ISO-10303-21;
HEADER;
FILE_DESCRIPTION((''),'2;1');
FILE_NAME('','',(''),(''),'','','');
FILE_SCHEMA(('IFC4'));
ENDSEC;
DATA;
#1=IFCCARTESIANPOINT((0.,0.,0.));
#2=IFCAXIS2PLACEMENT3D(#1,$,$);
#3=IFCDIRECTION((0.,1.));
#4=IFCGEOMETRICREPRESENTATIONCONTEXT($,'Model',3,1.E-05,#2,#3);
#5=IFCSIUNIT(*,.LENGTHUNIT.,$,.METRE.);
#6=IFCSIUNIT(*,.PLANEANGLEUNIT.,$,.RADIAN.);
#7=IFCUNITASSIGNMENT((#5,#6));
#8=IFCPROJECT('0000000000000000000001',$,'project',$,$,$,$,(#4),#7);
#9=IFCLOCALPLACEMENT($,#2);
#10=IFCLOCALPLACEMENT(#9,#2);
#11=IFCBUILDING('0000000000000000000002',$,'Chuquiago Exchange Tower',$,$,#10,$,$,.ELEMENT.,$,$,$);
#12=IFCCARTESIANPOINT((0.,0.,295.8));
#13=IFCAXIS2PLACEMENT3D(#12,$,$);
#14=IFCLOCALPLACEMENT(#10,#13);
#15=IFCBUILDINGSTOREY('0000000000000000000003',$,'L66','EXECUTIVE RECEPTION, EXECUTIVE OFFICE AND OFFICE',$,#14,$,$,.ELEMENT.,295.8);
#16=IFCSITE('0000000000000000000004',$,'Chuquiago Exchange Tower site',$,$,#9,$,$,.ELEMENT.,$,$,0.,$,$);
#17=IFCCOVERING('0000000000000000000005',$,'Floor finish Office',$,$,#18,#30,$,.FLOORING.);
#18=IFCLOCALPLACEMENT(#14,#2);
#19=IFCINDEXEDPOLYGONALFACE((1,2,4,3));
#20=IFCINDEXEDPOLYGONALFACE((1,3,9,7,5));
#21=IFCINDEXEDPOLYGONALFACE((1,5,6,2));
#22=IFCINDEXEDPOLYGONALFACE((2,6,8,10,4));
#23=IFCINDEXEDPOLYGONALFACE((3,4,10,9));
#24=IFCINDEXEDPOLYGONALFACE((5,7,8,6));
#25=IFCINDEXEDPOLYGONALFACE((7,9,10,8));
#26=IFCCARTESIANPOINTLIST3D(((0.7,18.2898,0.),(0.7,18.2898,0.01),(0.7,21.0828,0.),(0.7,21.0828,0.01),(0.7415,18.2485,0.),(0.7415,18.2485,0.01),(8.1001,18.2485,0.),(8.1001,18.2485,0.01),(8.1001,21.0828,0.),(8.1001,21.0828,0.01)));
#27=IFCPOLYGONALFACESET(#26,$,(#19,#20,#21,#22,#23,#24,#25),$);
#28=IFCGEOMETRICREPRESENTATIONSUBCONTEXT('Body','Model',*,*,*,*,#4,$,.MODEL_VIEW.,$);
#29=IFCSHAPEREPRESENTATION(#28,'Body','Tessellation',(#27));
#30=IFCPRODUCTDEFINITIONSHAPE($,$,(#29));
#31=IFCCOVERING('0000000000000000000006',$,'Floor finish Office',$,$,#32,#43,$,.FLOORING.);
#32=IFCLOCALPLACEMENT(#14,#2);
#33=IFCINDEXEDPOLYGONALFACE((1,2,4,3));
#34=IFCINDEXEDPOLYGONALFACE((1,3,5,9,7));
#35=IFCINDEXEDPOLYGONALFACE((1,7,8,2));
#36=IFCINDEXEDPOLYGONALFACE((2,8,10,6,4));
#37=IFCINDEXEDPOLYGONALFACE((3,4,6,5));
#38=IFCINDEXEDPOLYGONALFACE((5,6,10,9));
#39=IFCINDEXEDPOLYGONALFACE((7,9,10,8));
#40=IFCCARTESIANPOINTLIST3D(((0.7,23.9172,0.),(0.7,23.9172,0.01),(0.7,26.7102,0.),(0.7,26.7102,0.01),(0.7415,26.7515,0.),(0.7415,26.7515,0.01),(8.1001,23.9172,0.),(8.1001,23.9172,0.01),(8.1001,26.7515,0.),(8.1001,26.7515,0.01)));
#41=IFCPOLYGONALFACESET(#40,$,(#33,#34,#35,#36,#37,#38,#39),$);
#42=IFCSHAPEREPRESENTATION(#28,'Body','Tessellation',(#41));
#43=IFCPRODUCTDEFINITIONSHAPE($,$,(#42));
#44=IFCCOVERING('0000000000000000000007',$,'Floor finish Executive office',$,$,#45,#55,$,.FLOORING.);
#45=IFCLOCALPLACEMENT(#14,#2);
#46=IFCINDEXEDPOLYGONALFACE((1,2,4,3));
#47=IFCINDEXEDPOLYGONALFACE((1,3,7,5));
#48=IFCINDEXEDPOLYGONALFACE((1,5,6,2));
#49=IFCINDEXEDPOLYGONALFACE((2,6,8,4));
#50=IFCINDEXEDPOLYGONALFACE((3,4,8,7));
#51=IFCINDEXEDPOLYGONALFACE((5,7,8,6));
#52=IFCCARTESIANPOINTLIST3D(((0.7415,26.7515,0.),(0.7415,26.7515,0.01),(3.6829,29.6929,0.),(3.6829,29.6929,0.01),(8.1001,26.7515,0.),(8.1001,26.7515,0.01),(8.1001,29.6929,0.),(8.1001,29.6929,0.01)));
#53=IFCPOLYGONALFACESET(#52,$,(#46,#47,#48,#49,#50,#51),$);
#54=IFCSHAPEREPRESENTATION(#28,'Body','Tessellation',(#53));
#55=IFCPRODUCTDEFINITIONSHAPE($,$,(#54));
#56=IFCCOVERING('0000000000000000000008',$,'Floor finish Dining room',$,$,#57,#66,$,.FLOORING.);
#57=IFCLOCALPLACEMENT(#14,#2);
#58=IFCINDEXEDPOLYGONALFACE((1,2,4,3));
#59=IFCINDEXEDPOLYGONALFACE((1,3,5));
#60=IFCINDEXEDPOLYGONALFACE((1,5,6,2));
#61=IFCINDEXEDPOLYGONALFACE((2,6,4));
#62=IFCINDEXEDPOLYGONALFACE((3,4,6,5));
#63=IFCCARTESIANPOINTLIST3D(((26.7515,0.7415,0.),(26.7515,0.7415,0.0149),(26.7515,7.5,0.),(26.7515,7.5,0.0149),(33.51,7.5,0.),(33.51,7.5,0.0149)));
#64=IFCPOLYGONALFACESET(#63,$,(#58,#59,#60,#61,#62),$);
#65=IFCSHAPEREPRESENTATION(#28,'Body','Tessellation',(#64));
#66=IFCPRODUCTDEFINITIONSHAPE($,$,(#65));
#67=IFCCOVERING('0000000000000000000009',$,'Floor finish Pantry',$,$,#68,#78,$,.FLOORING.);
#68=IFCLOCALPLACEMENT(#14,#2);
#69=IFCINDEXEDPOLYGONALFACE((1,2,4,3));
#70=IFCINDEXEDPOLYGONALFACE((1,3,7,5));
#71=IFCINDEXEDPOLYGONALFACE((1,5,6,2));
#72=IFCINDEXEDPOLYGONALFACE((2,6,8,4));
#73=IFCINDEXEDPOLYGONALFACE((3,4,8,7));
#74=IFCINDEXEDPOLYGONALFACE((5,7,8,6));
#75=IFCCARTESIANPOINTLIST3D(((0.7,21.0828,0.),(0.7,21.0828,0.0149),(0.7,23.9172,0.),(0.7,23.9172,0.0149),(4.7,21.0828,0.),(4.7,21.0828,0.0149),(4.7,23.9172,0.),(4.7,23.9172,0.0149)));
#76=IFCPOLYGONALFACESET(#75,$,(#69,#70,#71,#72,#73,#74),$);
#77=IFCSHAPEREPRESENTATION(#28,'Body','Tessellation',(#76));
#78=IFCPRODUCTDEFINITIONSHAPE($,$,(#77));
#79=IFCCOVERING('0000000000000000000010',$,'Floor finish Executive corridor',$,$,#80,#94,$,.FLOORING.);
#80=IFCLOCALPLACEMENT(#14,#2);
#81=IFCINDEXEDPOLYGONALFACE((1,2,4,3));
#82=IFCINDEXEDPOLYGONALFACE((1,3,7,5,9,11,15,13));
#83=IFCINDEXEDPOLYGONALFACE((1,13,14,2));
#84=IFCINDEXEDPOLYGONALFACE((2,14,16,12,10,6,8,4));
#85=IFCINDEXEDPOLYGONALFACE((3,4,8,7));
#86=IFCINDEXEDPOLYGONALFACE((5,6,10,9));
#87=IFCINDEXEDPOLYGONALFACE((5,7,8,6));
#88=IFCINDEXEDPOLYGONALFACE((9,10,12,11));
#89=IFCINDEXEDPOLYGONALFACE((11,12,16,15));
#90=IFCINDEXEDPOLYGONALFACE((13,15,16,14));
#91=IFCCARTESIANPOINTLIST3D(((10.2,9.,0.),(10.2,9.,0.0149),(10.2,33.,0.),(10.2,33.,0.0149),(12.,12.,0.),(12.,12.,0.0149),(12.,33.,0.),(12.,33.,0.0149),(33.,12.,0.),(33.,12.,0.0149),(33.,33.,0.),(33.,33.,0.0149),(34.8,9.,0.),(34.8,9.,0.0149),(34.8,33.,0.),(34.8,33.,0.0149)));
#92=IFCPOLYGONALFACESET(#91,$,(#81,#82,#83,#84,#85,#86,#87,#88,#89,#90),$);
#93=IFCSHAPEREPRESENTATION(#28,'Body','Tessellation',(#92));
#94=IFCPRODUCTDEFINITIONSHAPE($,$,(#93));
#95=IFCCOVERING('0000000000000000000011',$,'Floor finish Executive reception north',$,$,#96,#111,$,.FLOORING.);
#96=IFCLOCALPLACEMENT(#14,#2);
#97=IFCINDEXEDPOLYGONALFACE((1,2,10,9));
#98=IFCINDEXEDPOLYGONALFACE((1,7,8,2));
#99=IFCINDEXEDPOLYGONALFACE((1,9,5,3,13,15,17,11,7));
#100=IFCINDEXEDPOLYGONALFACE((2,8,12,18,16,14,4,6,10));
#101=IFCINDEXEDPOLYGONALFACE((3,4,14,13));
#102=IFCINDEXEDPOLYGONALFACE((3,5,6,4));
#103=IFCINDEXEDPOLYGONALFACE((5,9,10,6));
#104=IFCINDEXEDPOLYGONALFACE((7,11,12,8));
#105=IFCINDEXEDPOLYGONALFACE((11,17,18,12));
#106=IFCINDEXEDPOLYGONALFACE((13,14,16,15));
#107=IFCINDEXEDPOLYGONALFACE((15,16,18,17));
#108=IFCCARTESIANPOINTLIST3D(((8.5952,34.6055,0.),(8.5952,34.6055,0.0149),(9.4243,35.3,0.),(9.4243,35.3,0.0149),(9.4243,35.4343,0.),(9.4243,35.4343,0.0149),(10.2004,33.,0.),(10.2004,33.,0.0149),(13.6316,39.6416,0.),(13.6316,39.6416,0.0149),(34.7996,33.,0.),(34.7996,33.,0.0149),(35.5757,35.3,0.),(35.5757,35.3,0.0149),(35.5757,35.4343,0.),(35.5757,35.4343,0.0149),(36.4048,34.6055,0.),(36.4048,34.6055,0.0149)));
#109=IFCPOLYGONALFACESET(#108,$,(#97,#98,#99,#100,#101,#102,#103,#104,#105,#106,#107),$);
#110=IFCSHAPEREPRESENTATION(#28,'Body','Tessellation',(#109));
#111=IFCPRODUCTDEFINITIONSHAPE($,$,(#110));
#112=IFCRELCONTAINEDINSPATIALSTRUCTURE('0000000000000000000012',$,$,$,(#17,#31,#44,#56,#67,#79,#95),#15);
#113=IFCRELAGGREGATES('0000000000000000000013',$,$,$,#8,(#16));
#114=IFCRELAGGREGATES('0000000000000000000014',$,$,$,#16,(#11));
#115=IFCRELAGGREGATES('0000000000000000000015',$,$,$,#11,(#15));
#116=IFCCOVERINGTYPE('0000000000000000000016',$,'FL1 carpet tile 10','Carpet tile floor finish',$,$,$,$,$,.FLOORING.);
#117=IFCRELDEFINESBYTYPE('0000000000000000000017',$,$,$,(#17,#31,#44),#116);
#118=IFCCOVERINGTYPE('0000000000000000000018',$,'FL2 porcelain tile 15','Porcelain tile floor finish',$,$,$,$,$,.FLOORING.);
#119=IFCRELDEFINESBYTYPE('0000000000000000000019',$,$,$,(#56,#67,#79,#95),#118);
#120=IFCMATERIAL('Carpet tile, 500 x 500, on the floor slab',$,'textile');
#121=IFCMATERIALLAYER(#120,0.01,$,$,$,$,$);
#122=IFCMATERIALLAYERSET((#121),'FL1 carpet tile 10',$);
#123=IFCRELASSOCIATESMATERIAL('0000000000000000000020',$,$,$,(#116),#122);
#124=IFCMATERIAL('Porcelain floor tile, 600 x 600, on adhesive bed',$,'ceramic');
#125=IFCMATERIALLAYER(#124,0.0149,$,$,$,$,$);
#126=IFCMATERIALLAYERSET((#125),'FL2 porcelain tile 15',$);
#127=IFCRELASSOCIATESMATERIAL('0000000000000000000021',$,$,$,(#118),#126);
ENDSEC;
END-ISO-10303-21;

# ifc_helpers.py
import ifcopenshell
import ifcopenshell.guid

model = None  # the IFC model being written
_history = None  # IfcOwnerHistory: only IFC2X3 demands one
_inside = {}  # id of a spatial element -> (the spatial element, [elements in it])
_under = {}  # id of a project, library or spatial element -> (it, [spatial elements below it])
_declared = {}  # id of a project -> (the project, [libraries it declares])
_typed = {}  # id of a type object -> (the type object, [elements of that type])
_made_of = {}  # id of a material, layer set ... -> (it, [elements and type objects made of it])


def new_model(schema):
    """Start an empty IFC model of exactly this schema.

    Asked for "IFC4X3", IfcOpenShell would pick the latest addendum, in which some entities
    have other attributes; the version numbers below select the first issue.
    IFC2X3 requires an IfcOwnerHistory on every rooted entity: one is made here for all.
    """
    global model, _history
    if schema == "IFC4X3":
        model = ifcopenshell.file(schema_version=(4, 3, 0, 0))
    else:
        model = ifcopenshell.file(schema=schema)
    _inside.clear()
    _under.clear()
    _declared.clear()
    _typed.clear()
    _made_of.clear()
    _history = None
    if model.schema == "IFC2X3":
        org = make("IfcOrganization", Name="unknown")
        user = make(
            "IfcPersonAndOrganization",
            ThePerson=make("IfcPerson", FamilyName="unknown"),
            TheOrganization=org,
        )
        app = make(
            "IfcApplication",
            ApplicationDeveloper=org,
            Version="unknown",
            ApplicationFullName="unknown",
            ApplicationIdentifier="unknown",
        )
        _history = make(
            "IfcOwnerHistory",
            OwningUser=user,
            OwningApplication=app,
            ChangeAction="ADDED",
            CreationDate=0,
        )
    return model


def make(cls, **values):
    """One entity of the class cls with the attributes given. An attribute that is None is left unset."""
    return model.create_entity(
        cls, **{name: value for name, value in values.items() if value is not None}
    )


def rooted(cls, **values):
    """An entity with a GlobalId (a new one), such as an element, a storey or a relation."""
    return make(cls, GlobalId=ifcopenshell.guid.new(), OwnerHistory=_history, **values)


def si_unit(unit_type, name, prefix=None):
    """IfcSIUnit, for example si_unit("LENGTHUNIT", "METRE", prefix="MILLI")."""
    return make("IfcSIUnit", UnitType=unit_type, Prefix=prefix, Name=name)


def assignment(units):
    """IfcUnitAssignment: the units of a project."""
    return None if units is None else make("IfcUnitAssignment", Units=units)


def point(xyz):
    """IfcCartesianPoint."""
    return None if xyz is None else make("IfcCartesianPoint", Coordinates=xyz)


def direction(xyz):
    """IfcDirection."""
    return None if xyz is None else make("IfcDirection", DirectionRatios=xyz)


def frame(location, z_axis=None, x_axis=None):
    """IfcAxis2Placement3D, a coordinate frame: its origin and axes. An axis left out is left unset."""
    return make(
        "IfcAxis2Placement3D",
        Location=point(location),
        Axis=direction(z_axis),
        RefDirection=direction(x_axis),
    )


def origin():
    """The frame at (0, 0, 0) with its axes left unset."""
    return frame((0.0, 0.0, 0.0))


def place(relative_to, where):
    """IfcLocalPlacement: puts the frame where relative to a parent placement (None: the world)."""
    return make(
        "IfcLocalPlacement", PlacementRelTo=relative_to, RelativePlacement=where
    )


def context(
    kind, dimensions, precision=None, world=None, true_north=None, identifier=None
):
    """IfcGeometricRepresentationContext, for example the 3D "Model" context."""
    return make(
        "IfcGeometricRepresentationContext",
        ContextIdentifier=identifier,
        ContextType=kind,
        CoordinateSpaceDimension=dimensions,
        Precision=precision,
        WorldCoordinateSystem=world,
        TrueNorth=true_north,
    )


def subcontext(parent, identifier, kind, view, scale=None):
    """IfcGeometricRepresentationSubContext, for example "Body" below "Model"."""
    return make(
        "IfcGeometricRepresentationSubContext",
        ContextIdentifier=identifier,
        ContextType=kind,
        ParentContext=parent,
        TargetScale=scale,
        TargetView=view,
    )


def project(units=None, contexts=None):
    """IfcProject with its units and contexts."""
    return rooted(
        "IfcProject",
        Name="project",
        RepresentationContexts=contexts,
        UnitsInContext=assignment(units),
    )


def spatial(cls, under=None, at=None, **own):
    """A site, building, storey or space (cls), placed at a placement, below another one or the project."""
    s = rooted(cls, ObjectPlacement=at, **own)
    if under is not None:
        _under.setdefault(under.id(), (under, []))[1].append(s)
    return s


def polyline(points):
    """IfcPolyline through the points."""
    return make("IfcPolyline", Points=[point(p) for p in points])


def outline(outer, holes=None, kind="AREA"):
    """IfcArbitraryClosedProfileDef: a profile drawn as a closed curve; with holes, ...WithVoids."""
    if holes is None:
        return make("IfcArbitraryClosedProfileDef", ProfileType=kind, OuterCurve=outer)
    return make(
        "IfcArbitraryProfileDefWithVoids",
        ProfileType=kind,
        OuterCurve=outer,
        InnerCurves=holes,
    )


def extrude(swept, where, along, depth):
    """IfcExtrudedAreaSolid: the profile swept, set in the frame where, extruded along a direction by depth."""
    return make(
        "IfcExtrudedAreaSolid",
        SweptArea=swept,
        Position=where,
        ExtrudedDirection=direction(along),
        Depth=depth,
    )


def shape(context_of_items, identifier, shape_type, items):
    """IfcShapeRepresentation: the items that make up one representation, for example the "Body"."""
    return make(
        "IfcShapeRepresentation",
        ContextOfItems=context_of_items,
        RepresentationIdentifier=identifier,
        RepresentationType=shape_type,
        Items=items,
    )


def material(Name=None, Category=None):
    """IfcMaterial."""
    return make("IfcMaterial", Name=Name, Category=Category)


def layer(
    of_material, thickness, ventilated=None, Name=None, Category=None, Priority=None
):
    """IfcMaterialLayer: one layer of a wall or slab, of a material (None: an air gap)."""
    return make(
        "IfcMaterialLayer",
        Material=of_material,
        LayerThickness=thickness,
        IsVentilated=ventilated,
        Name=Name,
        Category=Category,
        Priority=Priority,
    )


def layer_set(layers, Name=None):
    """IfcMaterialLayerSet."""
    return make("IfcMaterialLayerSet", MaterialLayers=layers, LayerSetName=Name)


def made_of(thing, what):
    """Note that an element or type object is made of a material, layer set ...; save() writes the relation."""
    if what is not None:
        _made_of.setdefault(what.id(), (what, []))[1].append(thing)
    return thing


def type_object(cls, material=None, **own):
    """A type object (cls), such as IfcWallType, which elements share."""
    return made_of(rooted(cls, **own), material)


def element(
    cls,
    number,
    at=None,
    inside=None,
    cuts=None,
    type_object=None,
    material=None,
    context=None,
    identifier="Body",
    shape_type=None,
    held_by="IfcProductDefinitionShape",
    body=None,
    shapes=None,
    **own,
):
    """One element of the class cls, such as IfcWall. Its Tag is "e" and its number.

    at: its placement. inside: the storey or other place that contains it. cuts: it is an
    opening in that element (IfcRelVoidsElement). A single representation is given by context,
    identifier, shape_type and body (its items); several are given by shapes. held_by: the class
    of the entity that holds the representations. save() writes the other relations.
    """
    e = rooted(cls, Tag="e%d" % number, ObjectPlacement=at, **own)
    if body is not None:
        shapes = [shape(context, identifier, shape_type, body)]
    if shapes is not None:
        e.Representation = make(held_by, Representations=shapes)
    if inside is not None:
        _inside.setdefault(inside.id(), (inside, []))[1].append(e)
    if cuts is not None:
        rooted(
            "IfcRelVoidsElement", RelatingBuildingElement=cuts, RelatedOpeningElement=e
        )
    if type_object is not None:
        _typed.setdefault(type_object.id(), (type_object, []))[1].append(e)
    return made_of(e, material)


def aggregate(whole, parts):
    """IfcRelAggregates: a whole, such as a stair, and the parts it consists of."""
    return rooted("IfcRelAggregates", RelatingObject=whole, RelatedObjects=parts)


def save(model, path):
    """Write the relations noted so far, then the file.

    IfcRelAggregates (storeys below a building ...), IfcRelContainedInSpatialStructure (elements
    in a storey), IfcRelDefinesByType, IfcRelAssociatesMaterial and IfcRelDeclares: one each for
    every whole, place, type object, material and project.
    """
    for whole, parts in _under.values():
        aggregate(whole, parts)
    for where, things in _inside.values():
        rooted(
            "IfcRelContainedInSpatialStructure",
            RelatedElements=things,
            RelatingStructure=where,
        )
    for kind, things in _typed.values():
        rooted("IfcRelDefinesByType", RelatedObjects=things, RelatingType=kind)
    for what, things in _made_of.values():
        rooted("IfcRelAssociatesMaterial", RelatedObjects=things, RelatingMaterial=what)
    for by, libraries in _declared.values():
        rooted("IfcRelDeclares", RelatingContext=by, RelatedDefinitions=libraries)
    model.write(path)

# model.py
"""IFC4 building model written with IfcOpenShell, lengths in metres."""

from ifc_helpers import new_model, si_unit, direction, frame, origin, place, context, subcontext, project, spatial, polyline, outline, extrude, material, layer, layer_set, type_object, element, save


model = new_model("IFC4")

# Units and contexts
model_context = context("Model", 3, precision=1e-05, world=origin(), true_north=direction((0.0, 1.0)))
body_context = subcontext(model_context, "Body", "Model", "MODEL_VIEW")
ifc_project = project(units=[si_unit("LENGTHUNIT", "METRE"), si_unit("PLANEANGLEUNIT", "RADIAN")], contexts=[model_context])

# Site, building, storey
site_placement = place(None, origin())
site = spatial("IfcSite", under=ifc_project, at=site_placement, Name="Chuquiago Exchange Tower site", CompositionType="ELEMENT", RefElevation=0.0)
building_placement = place(site_placement, origin())
building = spatial("IfcBuilding", under=site, at=building_placement, Name="Chuquiago Exchange Tower", CompositionType="ELEMENT")
storey_placement = place(building_placement, frame((0.0, 0.0, 295.8)))
storey = spatial("IfcBuildingStorey", under=building, at=storey_placement, Name="L66", Description="EXECUTIVE RECEPTION, EXECUTIVE OFFICE AND OFFICE", CompositionType="ELEMENT", Elevation=295.8)

# Coverings
ifc_material_1 = material(Name="Carpet tile, 500 x 500, on the floor slab", Category="textile")
ifc_layer_1 = layer(ifc_material_1, 0.01)
ifc_layer_set_1 = layer_set([ifc_layer_1], Name="FL1 carpet tile 10")
covering_type_1 = type_object("IfcCoveringType", Name="FL1 carpet tile 10", Description="Carpet tile floor finish", PredefinedType="FLOORING", material=ifc_layer_set_1)
covering_1_placement = place(storey_placement, origin())
element("IfcCovering", 1, at=covering_1_placement, inside=storey, type_object=covering_type_1, Name="Floor finish Office", PredefinedType="FLOORING", context=body_context, shape_type="SweptSolid", body=[
    extrude(outline(polyline([(0.7, 21.0828), (8.1001, 21.0828), (8.1001, 18.2485), (0.7415, 18.2485), (0.7, 18.2898), (0.7, 21.0828)])), origin(), (0.0, 0.0, 1.0), 0.01),
])
covering_2_placement = place(storey_placement, origin())
element("IfcCovering", 2, at=covering_2_placement, inside=storey, type_object=covering_type_1, Name="Floor finish Office", PredefinedType="FLOORING", context=body_context, shape_type="SweptSolid", body=[
    extrude(outline(polyline([(0.7, 26.7102), (0.7415, 26.7515), (8.1001, 26.7515), (8.1001, 23.9172), (0.7, 23.9172), (0.7, 26.7102)])), origin(), (0.0, 0.0, 1.0), 0.01),
])
covering_3_placement = place(storey_placement, origin())
element("IfcCovering", 3, at=covering_3_placement, inside=storey, type_object=covering_type_1, Name="Floor finish Executive office", PredefinedType="FLOORING", context=body_context, shape_type="SweptSolid", body=[
    extrude(outline(polyline([(3.6829, 29.6929), (8.1001, 29.6929), (8.1001, 26.7515), (0.7415, 26.7515), (3.6829, 29.6929)])), origin(), (0.0, 0.0, 1.0), 0.01),
])
ifc_material_2 = material(Name="Porcelain floor tile, 600 x 600, on adhesive bed", Category="ceramic")
ifc_layer_2 = layer(ifc_material_2, 0.0149)
ifc_layer_set_2 = layer_set([ifc_layer_2], Name="FL2 porcelain tile 15")
covering_type_2 = type_object("IfcCoveringType", Name="FL2 porcelain tile 15", Description="Porcelain tile floor finish", PredefinedType="FLOORING", material=ifc_layer_set_2)
covering_4_placement = place(storey_placement, origin())
element("IfcCovering", 4, at=covering_4_placement, inside=storey, type_object=covering_type_2, Name="Floor finish Dining room", PredefinedType="FLOORING", context=body_context, shape_type="SweptSolid", body=[
    extrude(outline(polyline([(26.7515, 0.7415), (26.7515, 7.5), (33.51, 7.5), (26.7515, 0.7415)])), origin(), (0.0, 0.0, 1.0), 0.0149),
])
covering_5_placement = place(storey_placement, origin())
element("IfcCovering", 5, at=covering_5_placement, inside=storey, type_object=covering_type_2, Name="Floor finish Pantry", PredefinedType="FLOORING", context=body_context, shape_type="SweptSolid", body=[
    extrude(outline(polyline([(0.7, 23.9172), (4.7, 23.9172), (4.7, 21.0828), (0.7, 21.0828), (0.7, 23.9172)])), origin(), (0.0, 0.0, 1.0), 0.0149),
])
covering_6_placement = place(storey_placement, origin())
element("IfcCovering", 6, at=covering_6_placement, inside=storey, type_object=covering_type_2, Name="Floor finish Executive corridor", PredefinedType="FLOORING", context=body_context, shape_type="SweptSolid", body=[
    extrude(outline(polyline([(12.0, 12.0), (33.0, 12.0), (33.0, 33.0), (34.8, 33.0), (34.8, 9.0), (10.2, 9.0), (10.2, 33.0), (12.0, 33.0), (12.0, 12.0)])), origin(), (0.0, 0.0, 1.0), 0.0149),
])
covering_7_placement = place(storey_placement, origin())
element("IfcCovering", 7, at=covering_7_placement, inside=storey, type_object=covering_type_2, Name="Floor finish Executive reception north", PredefinedType="FLOORING", context=body_context, shape_type="SweptSolid", body=[
    extrude(outline(polyline([(9.4243, 35.3), (35.5757, 35.3), (35.5757, 35.4343), (36.4048, 34.6055), (34.7996, 33.0), (10.2004, 33.0), (8.5952, 34.6055), (13.6316, 39.6416), (9.4243, 35.4343), (9.4243, 35.3)])), origin(), (0.0, 0.0, 1.0), 0.0149),
])

save(model, "model.ifc")
